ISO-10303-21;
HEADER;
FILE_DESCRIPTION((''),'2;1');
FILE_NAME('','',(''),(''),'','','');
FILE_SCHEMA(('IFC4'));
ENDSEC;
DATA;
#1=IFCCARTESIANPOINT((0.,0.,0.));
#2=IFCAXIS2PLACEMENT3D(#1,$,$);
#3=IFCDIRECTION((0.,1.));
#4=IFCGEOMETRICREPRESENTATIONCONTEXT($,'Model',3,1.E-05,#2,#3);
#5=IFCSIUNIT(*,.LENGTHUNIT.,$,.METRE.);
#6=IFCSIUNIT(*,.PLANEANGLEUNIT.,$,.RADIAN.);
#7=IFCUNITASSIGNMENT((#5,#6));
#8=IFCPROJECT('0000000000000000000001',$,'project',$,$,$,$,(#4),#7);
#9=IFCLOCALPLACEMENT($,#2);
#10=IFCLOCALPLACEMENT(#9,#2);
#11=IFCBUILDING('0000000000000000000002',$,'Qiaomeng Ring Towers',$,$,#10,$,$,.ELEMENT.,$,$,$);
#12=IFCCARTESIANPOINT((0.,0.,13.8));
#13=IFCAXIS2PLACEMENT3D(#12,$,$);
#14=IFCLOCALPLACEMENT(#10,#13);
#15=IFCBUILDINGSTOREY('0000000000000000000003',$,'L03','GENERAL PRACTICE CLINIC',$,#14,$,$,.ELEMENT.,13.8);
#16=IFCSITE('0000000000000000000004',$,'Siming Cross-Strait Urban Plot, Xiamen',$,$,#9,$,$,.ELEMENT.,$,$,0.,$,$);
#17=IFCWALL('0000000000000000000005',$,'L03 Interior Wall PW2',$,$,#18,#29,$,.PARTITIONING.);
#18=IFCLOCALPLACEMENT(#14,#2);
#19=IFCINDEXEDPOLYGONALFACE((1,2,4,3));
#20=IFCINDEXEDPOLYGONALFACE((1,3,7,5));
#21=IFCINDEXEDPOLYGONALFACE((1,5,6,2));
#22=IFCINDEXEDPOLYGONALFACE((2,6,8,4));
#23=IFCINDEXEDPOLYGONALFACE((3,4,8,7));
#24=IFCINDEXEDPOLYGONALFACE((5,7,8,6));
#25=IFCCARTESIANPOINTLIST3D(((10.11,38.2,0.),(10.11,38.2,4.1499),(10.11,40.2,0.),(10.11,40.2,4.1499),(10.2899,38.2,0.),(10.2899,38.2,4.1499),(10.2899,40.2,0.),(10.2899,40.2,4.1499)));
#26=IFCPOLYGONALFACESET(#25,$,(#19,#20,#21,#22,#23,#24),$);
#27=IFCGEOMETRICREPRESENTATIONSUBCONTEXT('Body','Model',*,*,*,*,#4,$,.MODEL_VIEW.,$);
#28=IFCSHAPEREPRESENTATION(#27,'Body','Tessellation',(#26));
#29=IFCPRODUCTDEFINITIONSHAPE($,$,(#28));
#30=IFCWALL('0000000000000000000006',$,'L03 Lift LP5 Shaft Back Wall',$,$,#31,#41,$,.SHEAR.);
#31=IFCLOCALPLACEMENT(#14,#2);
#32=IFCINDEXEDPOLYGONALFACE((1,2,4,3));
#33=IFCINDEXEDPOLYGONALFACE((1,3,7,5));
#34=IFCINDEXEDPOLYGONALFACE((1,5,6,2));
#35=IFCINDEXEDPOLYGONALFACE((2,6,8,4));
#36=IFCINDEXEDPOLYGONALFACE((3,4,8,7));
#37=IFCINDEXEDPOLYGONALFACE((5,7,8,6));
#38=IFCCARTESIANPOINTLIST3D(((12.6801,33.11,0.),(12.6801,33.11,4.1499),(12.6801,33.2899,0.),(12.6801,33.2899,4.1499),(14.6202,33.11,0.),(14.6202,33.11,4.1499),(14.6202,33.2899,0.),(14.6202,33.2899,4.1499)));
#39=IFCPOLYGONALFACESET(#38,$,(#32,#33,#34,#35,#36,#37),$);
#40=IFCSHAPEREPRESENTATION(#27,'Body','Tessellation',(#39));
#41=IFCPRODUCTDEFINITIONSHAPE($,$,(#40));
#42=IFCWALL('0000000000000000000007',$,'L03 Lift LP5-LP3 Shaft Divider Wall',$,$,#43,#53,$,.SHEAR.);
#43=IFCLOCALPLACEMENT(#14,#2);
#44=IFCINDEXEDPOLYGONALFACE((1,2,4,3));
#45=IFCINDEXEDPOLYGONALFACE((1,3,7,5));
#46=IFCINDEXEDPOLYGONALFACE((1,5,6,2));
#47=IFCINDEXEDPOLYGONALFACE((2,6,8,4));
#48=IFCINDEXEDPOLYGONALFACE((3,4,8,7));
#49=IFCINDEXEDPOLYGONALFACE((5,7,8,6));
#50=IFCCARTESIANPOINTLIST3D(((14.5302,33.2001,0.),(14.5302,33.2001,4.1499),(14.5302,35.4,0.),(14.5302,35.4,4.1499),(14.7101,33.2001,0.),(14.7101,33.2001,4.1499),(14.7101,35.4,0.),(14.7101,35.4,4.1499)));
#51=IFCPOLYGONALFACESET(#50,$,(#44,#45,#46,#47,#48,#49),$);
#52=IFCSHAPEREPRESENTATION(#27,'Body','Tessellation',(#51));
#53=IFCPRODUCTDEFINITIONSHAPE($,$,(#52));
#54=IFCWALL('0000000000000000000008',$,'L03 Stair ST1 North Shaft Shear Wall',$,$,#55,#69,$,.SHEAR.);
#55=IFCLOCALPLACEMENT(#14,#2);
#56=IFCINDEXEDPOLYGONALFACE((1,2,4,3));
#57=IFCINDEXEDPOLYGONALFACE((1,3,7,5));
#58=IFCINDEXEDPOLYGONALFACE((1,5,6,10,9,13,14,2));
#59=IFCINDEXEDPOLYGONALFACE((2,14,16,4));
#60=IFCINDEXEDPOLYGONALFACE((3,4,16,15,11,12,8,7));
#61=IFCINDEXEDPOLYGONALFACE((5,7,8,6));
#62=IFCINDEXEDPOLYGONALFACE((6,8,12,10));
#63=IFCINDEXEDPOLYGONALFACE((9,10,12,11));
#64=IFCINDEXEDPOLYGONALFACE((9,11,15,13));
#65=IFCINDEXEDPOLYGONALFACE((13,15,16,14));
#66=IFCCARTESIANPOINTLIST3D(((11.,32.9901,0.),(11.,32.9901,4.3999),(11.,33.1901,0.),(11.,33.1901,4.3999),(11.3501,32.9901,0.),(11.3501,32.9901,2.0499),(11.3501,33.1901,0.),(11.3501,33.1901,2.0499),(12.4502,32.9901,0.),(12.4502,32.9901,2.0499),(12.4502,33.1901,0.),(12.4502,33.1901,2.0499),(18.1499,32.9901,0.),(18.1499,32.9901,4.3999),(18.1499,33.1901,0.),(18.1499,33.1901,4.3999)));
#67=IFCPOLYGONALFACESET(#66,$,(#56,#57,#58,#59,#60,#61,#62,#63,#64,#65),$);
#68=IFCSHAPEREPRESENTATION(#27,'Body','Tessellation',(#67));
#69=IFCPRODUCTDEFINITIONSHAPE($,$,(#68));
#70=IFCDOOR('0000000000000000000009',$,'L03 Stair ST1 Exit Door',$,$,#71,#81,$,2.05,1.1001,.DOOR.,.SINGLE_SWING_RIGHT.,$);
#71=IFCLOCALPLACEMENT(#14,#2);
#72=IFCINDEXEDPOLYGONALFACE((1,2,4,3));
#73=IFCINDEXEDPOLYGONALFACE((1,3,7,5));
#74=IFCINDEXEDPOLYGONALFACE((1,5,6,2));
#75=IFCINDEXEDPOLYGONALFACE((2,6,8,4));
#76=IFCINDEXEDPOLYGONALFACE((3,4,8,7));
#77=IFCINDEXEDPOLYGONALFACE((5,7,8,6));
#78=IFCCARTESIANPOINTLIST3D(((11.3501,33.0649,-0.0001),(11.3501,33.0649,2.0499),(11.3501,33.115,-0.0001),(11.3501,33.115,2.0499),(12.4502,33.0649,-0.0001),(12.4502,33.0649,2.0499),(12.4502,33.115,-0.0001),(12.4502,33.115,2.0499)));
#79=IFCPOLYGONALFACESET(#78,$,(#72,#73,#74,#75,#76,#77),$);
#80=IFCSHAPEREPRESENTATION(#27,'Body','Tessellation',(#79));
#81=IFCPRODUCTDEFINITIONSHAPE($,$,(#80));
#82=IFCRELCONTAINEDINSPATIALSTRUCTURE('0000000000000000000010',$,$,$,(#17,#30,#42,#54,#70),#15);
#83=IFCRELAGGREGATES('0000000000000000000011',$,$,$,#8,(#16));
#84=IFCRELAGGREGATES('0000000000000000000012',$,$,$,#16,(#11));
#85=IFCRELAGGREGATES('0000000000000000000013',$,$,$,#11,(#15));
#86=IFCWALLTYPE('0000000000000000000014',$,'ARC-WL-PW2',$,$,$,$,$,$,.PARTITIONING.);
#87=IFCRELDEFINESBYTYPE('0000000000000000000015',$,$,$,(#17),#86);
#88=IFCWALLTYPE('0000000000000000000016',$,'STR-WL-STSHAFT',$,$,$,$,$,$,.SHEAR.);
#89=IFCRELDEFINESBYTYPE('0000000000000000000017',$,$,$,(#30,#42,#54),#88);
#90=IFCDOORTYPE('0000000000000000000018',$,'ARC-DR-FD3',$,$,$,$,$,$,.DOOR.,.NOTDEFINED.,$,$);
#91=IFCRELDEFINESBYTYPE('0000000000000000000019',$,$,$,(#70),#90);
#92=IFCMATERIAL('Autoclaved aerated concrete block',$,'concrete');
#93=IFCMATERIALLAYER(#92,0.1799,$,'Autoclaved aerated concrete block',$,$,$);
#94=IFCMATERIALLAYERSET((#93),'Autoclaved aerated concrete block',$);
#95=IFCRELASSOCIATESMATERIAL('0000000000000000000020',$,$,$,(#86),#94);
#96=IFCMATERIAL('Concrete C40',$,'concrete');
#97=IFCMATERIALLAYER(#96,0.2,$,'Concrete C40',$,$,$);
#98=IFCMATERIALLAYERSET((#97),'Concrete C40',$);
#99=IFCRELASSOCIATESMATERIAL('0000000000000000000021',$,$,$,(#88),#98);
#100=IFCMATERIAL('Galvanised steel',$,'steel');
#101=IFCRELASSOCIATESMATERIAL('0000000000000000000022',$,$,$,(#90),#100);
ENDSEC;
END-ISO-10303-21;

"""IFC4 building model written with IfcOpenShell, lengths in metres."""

from ifc_helpers import new_model, si_unit, direction, frame, frame_2d, origin, place, context, subcontext, project, spatial, rectangle, extrude, source, transform, mapped, material, layer, layer_set, type_object, element, fill, save


model = new_model("IFC4")

# Units and contexts
model_context = context("Model", 3, precision=1e-05, world=origin(), true_north=direction((0.0, 1.0)))
body_context = subcontext(model_context, "Body", "Model", "MODEL_VIEW")
ifc_project = project(units=[si_unit("LENGTHUNIT", "METRE"), si_unit("PLANEANGLEUNIT", "RADIAN")], contexts=[model_context])

# Site, building, storey
site_placement = place(None, origin())
site = spatial("IfcSite", under=ifc_project, at=site_placement, Name="Siming Cross-Strait Urban Plot, Xiamen", CompositionType="ELEMENT", RefElevation=0.0)
building_placement = place(site_placement, origin())
building = spatial("IfcBuilding", under=site, at=building_placement, Name="Qiaomeng Ring Towers", CompositionType="ELEMENT")
storey_placement = place(building_placement, frame((0.0, 0.0, 13.8)))
storey = spatial("IfcBuildingStorey", under=building, at=storey_placement, Name="L03", Description="GENERAL PRACTICE CLINIC", CompositionType="ELEMENT", Elevation=13.8)

# Shared definitions
ifc_material_1 = material(Name="Autoclaved aerated concrete block", Category="concrete")

# Shared definitions
ifc_layer_1 = layer(ifc_material_1, 0.1799, Name="Autoclaved aerated concrete block")
ifc_layer_set_1 = layer_set([ifc_layer_1], Name="Autoclaved aerated concrete block")
wall_type_1 = type_object("IfcWallType", Name="ARC-WL-PW2", PredefinedType="PARTITIONING", material=ifc_layer_set_1)

# Walls
wall_1_placement = place(storey_placement, frame((10.2, 38.2, 0.0), z_axis=(0.0, 0.0, 1.0), x_axis=(0.0, 1.0, 0.0)))
element("IfcWall", 1, at=wall_1_placement, inside=storey, type_object=wall_type_1, Name="L03 Interior Wall PW2", PredefinedType="PARTITIONING", context=body_context, shape_type="SweptSolid", body=[
    extrude(rectangle(XDim=2.0, YDim=0.1799, at=frame_2d((1.0, 0.0))), origin(), (0.0, 0.0, 1.0), 4.1499),
])
ifc_material_2 = material(Name="Concrete C40", Category="concrete")
ifc_layer_2 = layer(ifc_material_2, 0.2, Name="Concrete C40")
ifc_layer_set_2 = layer_set([ifc_layer_2], Name="Concrete C40")
wall_type_2 = type_object("IfcWallType", Name="STR-WL-STSHAFT", PredefinedType="SHEAR", material=ifc_layer_set_2)
wall_2_placement = place(storey_placement, frame((12.6799, 33.2, 0.0), z_axis=(0.0, 0.0, 1.0), x_axis=(1.0, 0.0, 0.0)))
element("IfcWall", 2, at=wall_2_placement, inside=storey, type_object=wall_type_2, Name="L03 Lift LP5 Shaft Back Wall", PredefinedType="SHEAR", context=body_context, shape_type="SweptSolid", body=[
    extrude(rectangle(XDim=1.9402, YDim=0.1799, at=frame_2d((0.9702, 0.0))), origin(), (0.0, 0.0, 1.0), 4.1499),
])
wall_3_placement = place(storey_placement, frame((14.6201, 33.2, 0.0), z_axis=(0.0, 0.0, 1.0), x_axis=(0.0, 1.0, 0.0)))
element("IfcWall", 3, at=wall_3_placement, inside=storey, type_object=wall_type_2, Name="L03 Lift LP5-LP3 Shaft Divider Wall", PredefinedType="SHEAR", context=body_context, shape_type="SweptSolid", body=[
    extrude(rectangle(XDim=2.2, YDim=0.1799, at=frame_2d((1.1001, 0.0))), origin(), (0.0, 0.0, 1.0), 4.1499),
])

# Wall, opening, door
wall_4_placement = place(storey_placement, frame((11.0, 33.0901, 0.0), z_axis=(0.0, 0.0, 1.0), x_axis=(1.0, 0.0, 0.0)))
wall_4 = element("IfcWall", 4, at=wall_4_placement, inside=storey, type_object=wall_type_2, Name="L03 Stair ST1 North Shaft Shear Wall", PredefinedType="SHEAR", context=body_context, shape_type="SweptSolid", body=[
    extrude(rectangle(XDim=7.1499, YDim=0.2, at=frame_2d((3.575, 0.0))), origin(), (0.0, 0.0, 1.0), 4.3999),
])
opening_1_placement = place(wall_4_placement, frame((0.3501, 0.0, 0.0)))
opening_1 = element("IfcOpeningElement", 5, at=opening_1_placement, cuts=wall_4, PredefinedType="OPENING", context=body_context, shape_type="SweptSolid", body=[
    extrude(rectangle(XDim=1.1001, YDim=2.05, at=frame_2d((0.55, 1.0249))), frame((0.0, 0.1099, 0.0), z_axis=(0.0, -1.0, 0.0), x_axis=(1.0, 0.0, 0.0)), (0.0, 0.0, 1.0), 0.22),
])
ifc_material_3 = material(Name="Galvanised steel", Category="steel")
door_type_1 = type_object("IfcDoorType", Name="ARC-DR-FD3", OperationType="NOTDEFINED", PredefinedType="DOOR", material=ifc_material_3)
shared_shape_1 = source(origin(), body_context, "Body", "SweptSolid", [
    extrude(rectangle(XDim=1.1001, YDim=2.05, at=frame_2d((0.55, 1.0249))), frame((0.0, 0.0249, 0.0), z_axis=(0.0, -1.0, 0.0), x_axis=(1.0, 0.0, 0.0)), (0.0, 0.0, 1.0), 0.05),
])
door_1_placement = place(opening_1_placement, origin())
door_1 = element("IfcDoor", 6, at=door_1_placement, inside=storey, type_object=door_type_1, Name="L03 Stair ST1 Exit Door", OperationType="SINGLE_SWING_RIGHT", OverallHeight=2.05, OverallWidth=1.1001, PredefinedType="DOOR", context=body_context, shape_type="MappedRepresentation", body=[
    mapped(shared_shape_1, transform((0.0, 0.0, 0.0), x_axis=(1.0, 0.0, 0.0), y_axis=(0.0, 1.0, 0.0), z_axis=(0.0, 0.0, 1.0), scale=1.0)),
])
fill(opening_1, door_1)

save(model, "model.ifc")
